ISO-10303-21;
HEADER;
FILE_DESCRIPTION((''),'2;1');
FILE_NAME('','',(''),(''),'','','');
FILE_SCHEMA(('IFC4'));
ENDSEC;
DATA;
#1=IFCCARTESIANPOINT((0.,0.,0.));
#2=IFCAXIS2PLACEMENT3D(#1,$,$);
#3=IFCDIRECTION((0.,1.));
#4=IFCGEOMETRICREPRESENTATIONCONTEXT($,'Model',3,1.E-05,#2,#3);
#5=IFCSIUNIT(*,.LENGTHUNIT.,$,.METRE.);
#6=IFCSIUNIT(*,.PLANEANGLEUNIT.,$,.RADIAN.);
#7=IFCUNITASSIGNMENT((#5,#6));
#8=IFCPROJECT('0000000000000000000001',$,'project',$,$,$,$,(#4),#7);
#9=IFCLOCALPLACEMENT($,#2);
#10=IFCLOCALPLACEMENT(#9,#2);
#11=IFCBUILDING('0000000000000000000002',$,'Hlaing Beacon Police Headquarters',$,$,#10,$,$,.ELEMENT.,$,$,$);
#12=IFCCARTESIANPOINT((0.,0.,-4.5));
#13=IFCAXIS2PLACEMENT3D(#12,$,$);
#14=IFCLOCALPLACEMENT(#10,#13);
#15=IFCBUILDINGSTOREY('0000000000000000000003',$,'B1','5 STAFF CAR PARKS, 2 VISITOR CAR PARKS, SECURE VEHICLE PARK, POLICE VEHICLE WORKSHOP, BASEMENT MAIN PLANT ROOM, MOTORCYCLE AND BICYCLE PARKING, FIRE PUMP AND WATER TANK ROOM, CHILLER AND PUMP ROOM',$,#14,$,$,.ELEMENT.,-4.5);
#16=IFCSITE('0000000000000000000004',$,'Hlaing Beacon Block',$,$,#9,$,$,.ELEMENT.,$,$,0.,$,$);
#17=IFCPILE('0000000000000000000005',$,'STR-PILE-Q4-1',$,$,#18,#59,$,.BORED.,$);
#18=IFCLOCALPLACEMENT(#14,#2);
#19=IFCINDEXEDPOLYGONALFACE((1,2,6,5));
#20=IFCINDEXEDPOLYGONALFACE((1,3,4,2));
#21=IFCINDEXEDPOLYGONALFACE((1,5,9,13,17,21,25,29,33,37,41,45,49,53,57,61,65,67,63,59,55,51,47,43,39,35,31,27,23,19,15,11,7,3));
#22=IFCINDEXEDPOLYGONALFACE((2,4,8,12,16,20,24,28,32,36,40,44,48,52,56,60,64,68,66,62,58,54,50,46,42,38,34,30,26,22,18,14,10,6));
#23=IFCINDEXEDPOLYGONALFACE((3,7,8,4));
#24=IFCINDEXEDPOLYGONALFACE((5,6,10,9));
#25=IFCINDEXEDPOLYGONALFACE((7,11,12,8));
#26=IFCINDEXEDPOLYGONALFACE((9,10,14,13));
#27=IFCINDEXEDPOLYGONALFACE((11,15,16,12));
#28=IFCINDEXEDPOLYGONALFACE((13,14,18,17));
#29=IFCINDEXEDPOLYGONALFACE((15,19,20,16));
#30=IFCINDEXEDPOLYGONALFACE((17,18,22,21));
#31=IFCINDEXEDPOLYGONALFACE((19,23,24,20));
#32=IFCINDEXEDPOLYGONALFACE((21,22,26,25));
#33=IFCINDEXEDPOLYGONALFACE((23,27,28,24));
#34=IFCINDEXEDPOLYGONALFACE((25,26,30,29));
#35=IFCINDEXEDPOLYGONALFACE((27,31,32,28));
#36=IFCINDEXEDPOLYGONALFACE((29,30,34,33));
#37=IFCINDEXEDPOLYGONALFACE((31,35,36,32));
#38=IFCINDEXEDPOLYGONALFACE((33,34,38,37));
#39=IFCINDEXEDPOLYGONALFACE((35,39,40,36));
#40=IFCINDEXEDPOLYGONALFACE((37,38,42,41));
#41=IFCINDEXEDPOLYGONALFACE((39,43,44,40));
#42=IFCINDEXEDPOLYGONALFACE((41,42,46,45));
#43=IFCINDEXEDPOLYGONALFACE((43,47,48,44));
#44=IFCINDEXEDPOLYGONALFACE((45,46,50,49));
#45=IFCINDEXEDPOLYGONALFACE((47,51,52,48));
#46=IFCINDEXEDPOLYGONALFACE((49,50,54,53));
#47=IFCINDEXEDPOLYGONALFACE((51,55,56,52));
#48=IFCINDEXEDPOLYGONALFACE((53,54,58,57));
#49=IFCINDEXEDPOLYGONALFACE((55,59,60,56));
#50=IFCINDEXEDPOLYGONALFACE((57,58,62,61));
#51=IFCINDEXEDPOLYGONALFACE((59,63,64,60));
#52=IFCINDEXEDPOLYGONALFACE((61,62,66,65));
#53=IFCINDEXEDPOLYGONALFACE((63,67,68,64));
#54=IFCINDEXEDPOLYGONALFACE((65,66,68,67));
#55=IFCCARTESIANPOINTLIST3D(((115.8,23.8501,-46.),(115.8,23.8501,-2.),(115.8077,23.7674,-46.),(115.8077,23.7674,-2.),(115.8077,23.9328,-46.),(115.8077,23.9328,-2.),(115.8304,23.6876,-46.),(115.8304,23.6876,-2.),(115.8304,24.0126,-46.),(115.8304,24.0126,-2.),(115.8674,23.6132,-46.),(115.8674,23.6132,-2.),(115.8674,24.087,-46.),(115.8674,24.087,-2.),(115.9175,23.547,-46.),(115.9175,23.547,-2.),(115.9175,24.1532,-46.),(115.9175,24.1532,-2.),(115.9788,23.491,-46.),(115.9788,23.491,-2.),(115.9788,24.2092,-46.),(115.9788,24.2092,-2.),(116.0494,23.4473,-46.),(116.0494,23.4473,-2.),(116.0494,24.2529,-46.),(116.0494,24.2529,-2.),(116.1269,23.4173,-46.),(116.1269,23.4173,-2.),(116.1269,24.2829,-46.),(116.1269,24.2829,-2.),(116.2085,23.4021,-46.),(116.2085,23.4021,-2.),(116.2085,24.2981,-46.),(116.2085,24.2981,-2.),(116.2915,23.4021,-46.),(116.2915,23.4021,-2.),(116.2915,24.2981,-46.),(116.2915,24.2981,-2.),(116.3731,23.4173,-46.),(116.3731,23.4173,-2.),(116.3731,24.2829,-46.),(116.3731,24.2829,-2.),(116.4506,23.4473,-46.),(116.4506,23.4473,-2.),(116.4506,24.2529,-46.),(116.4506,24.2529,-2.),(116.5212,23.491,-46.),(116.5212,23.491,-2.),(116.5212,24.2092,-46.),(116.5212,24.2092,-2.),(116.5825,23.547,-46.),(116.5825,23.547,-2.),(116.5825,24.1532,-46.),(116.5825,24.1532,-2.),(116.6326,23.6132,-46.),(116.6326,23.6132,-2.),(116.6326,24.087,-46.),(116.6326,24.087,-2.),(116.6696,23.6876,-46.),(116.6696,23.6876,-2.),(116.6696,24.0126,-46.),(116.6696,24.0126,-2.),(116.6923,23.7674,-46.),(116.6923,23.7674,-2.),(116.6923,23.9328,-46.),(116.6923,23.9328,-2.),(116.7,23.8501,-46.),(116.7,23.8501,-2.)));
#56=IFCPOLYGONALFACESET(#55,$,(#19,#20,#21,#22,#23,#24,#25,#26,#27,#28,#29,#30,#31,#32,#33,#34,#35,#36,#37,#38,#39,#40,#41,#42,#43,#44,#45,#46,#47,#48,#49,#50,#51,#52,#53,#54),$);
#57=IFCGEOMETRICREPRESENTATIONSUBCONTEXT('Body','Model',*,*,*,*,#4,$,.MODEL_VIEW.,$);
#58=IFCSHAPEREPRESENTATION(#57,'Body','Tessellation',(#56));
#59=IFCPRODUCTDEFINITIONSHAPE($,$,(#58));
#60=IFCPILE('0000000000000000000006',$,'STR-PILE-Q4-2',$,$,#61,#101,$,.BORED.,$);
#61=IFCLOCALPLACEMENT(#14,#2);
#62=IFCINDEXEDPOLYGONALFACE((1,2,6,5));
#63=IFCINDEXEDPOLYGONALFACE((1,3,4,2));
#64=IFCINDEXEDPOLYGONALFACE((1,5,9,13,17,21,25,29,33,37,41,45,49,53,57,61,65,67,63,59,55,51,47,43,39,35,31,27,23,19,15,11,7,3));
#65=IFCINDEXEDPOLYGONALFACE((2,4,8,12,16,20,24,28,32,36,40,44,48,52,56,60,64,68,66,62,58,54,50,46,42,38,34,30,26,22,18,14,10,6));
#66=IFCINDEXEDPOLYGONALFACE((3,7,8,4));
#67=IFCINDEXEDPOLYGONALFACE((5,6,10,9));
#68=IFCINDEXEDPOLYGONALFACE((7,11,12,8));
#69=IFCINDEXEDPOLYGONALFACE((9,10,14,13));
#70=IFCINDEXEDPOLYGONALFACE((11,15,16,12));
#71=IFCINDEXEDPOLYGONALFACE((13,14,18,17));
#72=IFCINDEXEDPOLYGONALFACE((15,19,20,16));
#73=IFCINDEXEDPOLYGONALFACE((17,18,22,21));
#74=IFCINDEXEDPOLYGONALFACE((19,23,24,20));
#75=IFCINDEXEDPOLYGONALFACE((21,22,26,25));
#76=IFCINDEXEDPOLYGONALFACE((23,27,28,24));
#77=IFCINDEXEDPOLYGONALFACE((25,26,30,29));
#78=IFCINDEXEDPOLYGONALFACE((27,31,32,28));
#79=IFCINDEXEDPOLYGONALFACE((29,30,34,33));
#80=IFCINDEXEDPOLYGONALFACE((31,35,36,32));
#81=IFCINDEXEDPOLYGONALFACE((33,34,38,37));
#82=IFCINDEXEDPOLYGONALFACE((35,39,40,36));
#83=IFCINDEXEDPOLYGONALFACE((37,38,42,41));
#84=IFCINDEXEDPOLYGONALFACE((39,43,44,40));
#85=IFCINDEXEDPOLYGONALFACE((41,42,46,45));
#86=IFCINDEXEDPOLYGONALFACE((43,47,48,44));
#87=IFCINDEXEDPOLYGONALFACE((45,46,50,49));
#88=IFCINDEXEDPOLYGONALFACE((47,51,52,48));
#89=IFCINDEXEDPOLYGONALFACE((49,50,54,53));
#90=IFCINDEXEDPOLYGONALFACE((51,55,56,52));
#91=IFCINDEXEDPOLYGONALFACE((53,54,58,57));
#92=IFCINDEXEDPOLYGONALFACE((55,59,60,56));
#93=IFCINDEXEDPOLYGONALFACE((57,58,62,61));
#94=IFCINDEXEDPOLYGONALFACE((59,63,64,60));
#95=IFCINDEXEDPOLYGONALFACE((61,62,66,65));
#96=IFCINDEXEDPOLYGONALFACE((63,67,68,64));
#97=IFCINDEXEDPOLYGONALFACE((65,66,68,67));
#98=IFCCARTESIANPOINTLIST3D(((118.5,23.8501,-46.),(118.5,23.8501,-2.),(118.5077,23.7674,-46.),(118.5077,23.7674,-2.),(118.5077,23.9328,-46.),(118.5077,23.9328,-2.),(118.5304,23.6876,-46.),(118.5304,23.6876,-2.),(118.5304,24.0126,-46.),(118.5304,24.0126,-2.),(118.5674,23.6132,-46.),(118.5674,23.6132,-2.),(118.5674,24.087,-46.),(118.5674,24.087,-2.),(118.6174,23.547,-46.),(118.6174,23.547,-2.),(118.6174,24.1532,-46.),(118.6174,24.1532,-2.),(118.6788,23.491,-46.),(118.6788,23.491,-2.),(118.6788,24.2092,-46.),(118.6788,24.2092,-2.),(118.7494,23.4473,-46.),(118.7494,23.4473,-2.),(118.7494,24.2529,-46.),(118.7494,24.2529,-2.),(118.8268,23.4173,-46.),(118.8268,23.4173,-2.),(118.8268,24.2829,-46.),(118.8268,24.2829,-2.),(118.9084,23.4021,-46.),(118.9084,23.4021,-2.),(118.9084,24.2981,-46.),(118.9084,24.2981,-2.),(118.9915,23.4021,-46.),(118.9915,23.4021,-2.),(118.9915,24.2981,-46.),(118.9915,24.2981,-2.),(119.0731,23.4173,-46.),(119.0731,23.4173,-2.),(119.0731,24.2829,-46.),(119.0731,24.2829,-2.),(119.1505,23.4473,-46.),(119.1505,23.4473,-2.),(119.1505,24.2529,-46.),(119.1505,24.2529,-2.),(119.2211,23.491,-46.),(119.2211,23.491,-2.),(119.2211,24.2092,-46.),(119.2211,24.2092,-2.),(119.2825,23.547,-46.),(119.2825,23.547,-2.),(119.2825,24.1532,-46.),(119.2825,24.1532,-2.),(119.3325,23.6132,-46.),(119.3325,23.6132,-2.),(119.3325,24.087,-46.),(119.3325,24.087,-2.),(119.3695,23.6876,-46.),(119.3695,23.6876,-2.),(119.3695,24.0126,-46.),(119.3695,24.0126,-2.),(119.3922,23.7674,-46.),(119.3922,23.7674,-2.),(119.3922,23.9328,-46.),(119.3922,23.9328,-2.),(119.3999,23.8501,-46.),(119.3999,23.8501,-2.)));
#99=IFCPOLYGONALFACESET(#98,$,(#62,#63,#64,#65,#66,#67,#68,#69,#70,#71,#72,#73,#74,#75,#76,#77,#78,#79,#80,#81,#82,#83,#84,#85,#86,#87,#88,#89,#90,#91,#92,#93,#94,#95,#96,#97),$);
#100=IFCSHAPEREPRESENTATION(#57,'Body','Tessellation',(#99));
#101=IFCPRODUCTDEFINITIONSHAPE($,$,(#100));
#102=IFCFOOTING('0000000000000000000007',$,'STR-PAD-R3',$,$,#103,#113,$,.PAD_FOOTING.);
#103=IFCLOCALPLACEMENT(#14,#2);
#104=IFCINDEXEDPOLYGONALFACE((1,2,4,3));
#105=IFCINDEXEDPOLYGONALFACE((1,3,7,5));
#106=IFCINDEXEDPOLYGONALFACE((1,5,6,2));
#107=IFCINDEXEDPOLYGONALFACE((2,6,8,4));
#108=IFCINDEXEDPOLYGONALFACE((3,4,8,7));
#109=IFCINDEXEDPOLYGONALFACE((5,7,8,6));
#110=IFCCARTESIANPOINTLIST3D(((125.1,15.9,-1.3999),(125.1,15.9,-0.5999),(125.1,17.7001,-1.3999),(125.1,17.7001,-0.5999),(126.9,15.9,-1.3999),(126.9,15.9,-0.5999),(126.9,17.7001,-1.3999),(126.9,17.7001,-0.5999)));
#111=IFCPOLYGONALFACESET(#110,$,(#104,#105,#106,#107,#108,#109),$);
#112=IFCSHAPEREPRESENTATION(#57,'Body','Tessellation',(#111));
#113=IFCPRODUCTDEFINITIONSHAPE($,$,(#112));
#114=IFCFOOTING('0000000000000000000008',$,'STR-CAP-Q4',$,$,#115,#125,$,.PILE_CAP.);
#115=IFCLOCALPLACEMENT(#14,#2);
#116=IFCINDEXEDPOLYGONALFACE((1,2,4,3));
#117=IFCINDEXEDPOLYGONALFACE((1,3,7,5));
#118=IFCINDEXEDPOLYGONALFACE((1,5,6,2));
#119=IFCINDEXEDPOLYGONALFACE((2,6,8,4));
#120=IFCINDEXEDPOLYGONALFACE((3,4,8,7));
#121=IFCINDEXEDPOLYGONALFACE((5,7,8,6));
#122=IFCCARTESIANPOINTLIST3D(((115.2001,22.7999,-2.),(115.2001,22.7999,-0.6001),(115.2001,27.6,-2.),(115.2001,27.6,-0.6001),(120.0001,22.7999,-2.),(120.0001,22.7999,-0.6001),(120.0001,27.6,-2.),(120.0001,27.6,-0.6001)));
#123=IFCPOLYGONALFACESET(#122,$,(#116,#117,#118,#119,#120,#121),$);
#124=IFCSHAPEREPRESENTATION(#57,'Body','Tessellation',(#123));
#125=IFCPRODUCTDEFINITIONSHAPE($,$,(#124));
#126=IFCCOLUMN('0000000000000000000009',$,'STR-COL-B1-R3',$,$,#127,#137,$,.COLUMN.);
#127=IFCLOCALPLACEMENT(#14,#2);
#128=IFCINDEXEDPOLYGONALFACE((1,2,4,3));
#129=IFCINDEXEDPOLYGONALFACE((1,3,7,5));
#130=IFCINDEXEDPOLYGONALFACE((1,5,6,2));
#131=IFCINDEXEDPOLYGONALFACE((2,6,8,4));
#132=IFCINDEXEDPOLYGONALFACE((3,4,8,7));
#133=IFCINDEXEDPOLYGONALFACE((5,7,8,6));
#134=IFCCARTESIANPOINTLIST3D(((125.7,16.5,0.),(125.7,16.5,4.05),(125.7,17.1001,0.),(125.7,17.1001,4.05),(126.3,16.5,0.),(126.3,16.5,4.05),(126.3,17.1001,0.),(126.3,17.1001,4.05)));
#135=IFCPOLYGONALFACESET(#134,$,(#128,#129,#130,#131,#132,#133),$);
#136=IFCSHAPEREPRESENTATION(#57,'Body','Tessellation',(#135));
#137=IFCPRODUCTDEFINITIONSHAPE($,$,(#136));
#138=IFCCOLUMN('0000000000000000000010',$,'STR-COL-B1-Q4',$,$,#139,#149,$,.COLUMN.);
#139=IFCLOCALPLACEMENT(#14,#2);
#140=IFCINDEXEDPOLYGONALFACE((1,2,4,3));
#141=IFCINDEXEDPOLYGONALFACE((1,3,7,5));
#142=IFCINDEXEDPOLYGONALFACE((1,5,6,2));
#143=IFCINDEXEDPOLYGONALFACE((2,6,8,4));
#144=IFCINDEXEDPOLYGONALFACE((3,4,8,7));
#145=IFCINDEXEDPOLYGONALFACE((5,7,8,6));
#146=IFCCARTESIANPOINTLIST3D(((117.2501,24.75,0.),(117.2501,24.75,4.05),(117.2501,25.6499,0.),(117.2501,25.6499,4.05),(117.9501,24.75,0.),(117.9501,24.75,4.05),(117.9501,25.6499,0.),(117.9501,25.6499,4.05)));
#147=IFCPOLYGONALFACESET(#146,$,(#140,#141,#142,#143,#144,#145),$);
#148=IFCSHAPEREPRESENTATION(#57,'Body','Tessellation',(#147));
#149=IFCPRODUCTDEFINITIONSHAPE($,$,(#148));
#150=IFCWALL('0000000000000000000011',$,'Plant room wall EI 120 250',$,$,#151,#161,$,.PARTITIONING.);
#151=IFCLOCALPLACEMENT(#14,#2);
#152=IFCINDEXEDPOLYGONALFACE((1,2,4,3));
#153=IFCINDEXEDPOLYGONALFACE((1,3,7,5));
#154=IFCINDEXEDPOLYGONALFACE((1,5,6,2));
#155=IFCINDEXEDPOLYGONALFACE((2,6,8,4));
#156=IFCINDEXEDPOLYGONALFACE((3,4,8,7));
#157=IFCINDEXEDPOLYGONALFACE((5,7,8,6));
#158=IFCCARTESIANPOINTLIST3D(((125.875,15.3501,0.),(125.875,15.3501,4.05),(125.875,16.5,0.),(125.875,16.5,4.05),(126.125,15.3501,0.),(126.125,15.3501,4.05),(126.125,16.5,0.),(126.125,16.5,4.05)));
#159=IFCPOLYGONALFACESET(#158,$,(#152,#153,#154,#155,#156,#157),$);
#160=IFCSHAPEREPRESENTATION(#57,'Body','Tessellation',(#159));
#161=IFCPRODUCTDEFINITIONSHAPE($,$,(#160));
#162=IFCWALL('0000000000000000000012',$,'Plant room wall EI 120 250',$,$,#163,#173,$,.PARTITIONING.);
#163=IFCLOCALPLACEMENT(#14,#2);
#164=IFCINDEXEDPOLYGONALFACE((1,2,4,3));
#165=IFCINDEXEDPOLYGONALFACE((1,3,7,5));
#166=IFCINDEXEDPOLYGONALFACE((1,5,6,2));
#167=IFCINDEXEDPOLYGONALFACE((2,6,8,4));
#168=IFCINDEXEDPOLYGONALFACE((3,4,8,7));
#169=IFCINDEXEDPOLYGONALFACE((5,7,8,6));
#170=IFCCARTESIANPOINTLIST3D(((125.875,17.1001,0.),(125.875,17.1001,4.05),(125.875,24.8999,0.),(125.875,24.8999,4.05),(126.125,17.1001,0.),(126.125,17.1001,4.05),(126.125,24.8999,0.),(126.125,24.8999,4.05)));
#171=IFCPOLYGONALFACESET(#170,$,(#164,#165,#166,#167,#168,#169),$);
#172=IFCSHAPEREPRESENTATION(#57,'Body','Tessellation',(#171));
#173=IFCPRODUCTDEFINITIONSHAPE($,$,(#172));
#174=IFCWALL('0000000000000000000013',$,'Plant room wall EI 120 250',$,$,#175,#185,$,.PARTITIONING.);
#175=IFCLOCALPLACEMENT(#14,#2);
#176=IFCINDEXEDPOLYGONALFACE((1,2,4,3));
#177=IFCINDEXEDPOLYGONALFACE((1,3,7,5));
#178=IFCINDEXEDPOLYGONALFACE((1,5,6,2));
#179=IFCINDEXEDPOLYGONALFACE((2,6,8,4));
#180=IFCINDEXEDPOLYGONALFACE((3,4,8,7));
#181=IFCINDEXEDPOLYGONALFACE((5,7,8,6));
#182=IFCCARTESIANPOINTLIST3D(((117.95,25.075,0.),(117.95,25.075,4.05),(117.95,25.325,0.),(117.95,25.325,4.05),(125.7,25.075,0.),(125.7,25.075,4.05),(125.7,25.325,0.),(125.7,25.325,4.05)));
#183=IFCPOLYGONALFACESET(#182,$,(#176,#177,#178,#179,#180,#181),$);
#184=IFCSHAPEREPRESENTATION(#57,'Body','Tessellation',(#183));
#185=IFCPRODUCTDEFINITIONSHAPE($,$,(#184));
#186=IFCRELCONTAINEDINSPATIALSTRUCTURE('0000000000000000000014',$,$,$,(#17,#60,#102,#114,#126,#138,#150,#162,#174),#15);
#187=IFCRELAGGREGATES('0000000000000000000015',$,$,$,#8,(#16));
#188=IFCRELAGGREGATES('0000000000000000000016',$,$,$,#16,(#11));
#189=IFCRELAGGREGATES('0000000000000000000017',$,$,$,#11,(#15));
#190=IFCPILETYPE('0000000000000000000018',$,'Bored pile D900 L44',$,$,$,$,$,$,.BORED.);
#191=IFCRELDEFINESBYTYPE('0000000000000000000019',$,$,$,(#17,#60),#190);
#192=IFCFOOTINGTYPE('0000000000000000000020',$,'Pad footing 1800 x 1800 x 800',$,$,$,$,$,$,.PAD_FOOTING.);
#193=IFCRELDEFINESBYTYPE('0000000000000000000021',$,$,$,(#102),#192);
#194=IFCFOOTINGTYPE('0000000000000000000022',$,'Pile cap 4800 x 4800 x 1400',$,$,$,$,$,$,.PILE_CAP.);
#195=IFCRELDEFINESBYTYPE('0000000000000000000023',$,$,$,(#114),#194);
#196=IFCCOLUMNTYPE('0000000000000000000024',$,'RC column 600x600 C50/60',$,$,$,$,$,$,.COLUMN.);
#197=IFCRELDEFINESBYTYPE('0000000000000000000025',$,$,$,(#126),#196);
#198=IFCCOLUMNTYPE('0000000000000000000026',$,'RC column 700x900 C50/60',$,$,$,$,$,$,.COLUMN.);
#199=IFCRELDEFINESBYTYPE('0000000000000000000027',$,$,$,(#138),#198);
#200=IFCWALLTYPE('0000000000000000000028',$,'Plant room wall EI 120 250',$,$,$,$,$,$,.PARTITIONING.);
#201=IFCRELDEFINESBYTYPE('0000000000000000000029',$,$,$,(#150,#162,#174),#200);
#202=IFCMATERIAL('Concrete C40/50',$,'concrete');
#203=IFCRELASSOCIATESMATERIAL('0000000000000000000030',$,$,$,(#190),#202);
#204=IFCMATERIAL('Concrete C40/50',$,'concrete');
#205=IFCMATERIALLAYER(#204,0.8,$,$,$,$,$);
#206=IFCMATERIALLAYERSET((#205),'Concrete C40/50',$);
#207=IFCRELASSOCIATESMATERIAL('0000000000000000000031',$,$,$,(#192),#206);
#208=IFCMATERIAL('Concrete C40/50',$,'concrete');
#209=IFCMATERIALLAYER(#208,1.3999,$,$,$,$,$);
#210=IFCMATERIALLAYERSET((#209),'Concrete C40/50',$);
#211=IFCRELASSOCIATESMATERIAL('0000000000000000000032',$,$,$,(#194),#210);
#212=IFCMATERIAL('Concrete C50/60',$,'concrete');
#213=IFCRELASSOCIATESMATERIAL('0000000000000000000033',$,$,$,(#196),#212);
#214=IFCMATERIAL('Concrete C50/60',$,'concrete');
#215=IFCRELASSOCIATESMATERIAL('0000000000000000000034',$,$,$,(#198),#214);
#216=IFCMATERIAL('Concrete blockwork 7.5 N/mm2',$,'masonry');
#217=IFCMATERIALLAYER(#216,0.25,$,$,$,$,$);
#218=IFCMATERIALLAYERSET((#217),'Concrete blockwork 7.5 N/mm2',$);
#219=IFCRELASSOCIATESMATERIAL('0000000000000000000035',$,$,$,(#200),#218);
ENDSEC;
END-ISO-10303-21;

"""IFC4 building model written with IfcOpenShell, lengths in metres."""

from ifc_helpers import new_model, si_unit, direction, frame, frame_2d, origin, origin_2d, place, context, subcontext, project, spatial, rectangle, circle, extrude, material, layer, layer_set, material_profile, profile_set, type_object, element, save


model = new_model("IFC4")

# Units and contexts
model_context = context("Model", 3, precision=1e-05, world=origin(), true_north=direction((0.0, 1.0)))
body_context = subcontext(model_context, "Body", "Model", "MODEL_VIEW")
ifc_project = project(units=[si_unit("LENGTHUNIT", "METRE"), si_unit("PLANEANGLEUNIT", "RADIAN")], contexts=[model_context])

# Site, building, storey
site_placement = place(None, origin())
site = spatial("IfcSite", under=ifc_project, at=site_placement, Name="Hlaing Beacon Block", CompositionType="ELEMENT", RefElevation=0.0)
building_placement = place(site_placement, origin())
building = spatial("IfcBuilding", under=site, at=building_placement, Name="Hlaing Beacon Police Headquarters", CompositionType="ELEMENT")
storey_placement = place(building_placement, frame((0.0, 0.0, -4.5)))
storey = spatial("IfcBuildingStorey", under=building, at=storey_placement, Name="B1", Description="5 STAFF CAR PARKS, 2 VISITOR CAR PARKS, SECURE VEHICLE PARK, POLICE VEHICLE WORKSHOP, BASEMENT MAIN PLANT ROOM, MOTORCYCLE AND BICYCLE PARKING, FIRE PUMP AND WATER TANK ROOM, CHILLER AND PUMP ROOM", CompositionType="ELEMENT", Elevation=-4.5)

# Piles
ifc_material_1 = material(Name="Concrete C40/50", Category="concrete")
ifc_material_profile_1 = material_profile(ifc_material_1, circle(Radius=0.45, at=origin_2d()), Name="D900")
ifc_profile_set_1 = profile_set([ifc_material_profile_1], Name="Concrete C40/50")
pile_type_1 = type_object("IfcPileType", Name="Bored pile D900 L44", PredefinedType="BORED", material=ifc_profile_set_1)
for number, where, z_axis, x_axis, name in (
    (1, (116.25, 23.8501, -2.0), (0.0, 0.0, -1.0), (1.0, 0.0, 0.0), "STR-PILE-Q4-1"),
    (2, (118.95, 23.8501, -2.0), (0.0, 0.0, -1.0), (1.0, 0.0, 0.0), "STR-PILE-Q4-2"),
):
    element("IfcPile", number, at=place(storey_placement, frame(where, z_axis=z_axis, x_axis=x_axis)), inside=storey, type_object=pile_type_1, Name=name, PredefinedType="BORED", context=body_context, shape_type="SweptSolid", body=[
        extrude(circle(Radius=0.45, at=origin_2d()), origin(), (0.0, 0.0, 1.0), 44.0),
    ])

# Footings
ifc_material_2 = material(Name="Concrete C40/50", Category="concrete")
ifc_layer_1 = layer(ifc_material_2, 0.8)
ifc_layer_set_1 = layer_set([ifc_layer_1], Name="Concrete C40/50")
footing_type_1 = type_object("IfcFootingType", Name="Pad footing 1800 x 1800 x 800", PredefinedType="PAD_FOOTING", material=ifc_layer_set_1)
footing_1_placement = place(storey_placement, frame((126.0, 16.8, -1.3999), z_axis=(0.0, 0.0, 1.0), x_axis=(1.0, 0.0, 0.0)))
element("IfcFooting", 3, at=footing_1_placement, inside=storey, type_object=footing_type_1, Name="STR-PAD-R3", PredefinedType="PAD_FOOTING", context=body_context, shape_type="SweptSolid", body=[
    extrude(rectangle(XDim=1.8, YDim=1.8, at=origin_2d()), origin(), (0.0, 0.0, 1.0), 0.8),
])
ifc_material_3 = material(Name="Concrete C40/50", Category="concrete")
ifc_layer_2 = layer(ifc_material_3, 1.3999)
ifc_layer_set_2 = layer_set([ifc_layer_2], Name="Concrete C40/50")
footing_type_2 = type_object("IfcFootingType", Name="Pile cap 4800 x 4800 x 1400", PredefinedType="PILE_CAP", material=ifc_layer_set_2)
footing_2_placement = place(storey_placement, frame((117.6001, 25.2, -2.0), z_axis=(0.0, 0.0, 1.0), x_axis=(1.0, 0.0, 0.0)))
element("IfcFooting", 4, at=footing_2_placement, inside=storey, type_object=footing_type_2, Name="STR-CAP-Q4", PredefinedType="PILE_CAP", context=body_context, shape_type="SweptSolid", body=[
    extrude(rectangle(XDim=4.8, YDim=4.8, at=origin_2d()), origin(), (0.0, 0.0, 1.0), 1.3999),
])

# Columns
ifc_material_4 = material(Name="Concrete C50/60", Category="concrete")
ifc_material_profile_2 = material_profile(ifc_material_4, rectangle(XDim=0.6001, YDim=0.6001, at=origin_2d()), Name="600x600")
ifc_profile_set_2 = profile_set([ifc_material_profile_2], Name="Concrete C50/60")
column_type_1 = type_object("IfcColumnType", Name="RC column 600x600 C50/60", PredefinedType="COLUMN", material=ifc_profile_set_2)
column_1_placement = place(storey_placement, frame((126.0, 16.8, 0.0), z_axis=(0.0, 0.0, 1.0), x_axis=(1.0, 0.0, 0.0)))
element("IfcColumn", 5, at=column_1_placement, inside=storey, type_object=column_type_1, Name="STR-COL-B1-R3", PredefinedType="COLUMN", context=body_context, shape_type="SweptSolid", body=[
    extrude(rectangle(XDim=0.6001, YDim=0.6001, at=origin_2d()), origin(), (0.0, 0.0, 1.0), 4.05),
])
ifc_material_5 = material(Name="Concrete C50/60", Category="concrete")
ifc_material_profile_3 = material_profile(ifc_material_5, rectangle(XDim=0.7, YDim=0.8999, at=origin_2d()), Name="700x900")
ifc_profile_set_3 = profile_set([ifc_material_profile_3], Name="Concrete C50/60")
column_type_2 = type_object("IfcColumnType", Name="RC column 700x900 C50/60", PredefinedType="COLUMN", material=ifc_profile_set_3)
column_2_placement = place(storey_placement, frame((117.6001, 25.2, 0.0), z_axis=(0.0, 0.0, 1.0), x_axis=(1.0, 0.0, 0.0)))
element("IfcColumn", 6, at=column_2_placement, inside=storey, type_object=column_type_2, Name="STR-COL-B1-Q4", PredefinedType="COLUMN", context=body_context, shape_type="SweptSolid", body=[
    extrude(rectangle(XDim=0.7, YDim=0.8999, at=origin_2d()), origin(), (0.0, 0.0, 1.0), 4.05),
])

# Walls
ifc_material_6 = material(Name="Concrete blockwork 7.5 N/mm2", Category="masonry")
ifc_layer_3 = layer(ifc_material_6, 0.25)
ifc_layer_set_3 = layer_set([ifc_layer_3], Name="Concrete blockwork 7.5 N/mm2")
wall_type_1 = type_object("IfcWallType", Name="Plant room wall EI 120 250", PredefinedType="PARTITIONING", material=ifc_layer_set_3)
wall_1_placement = place(storey_placement, frame((126.0, 15.3501, 0.0), z_axis=(0.0, 0.0, 1.0), x_axis=(0.0, 1.0, 0.0)))
element("IfcWall", 7, at=wall_1_placement, inside=storey, type_object=wall_type_1, Name="Plant room wall EI 120 250", PredefinedType="PARTITIONING", context=body_context, shape_type="SweptSolid", body=[
    extrude(rectangle(XDim=1.1499, YDim=0.25, at=frame_2d((0.575, 0.0))), origin(), (0.0, 0.0, 1.0), 4.05),
])
wall_2_placement = place(storey_placement, frame((126.0, 17.1001, 0.0), z_axis=(0.0, 0.0, 1.0), x_axis=(0.0, 1.0, 0.0)))
element("IfcWall", 8, at=wall_2_placement, inside=storey, type_object=wall_type_1, Name="Plant room wall EI 120 250", PredefinedType="PARTITIONING", context=body_context, shape_type="SweptSolid", body=[
    extrude(rectangle(XDim=7.7998, YDim=0.25, at=frame_2d((3.8999, 0.0))), origin(), (0.0, 0.0, 1.0), 4.05),
])
wall_3_placement = place(storey_placement, frame((117.95, 25.2, 0.0), z_axis=(0.0, 0.0, 1.0), x_axis=(1.0, 0.0, 0.0)))
element("IfcWall", 9, at=wall_3_placement, inside=storey, type_object=wall_type_1, Name="Plant room wall EI 120 250", PredefinedType="PARTITIONING", context=body_context, shape_type="SweptSolid", body=[
    extrude(rectangle(XDim=7.75, YDim=0.25, at=frame_2d((3.875, 0.0))), origin(), (0.0, 0.0, 1.0), 4.05),
])

save(model, "model.ifc")
